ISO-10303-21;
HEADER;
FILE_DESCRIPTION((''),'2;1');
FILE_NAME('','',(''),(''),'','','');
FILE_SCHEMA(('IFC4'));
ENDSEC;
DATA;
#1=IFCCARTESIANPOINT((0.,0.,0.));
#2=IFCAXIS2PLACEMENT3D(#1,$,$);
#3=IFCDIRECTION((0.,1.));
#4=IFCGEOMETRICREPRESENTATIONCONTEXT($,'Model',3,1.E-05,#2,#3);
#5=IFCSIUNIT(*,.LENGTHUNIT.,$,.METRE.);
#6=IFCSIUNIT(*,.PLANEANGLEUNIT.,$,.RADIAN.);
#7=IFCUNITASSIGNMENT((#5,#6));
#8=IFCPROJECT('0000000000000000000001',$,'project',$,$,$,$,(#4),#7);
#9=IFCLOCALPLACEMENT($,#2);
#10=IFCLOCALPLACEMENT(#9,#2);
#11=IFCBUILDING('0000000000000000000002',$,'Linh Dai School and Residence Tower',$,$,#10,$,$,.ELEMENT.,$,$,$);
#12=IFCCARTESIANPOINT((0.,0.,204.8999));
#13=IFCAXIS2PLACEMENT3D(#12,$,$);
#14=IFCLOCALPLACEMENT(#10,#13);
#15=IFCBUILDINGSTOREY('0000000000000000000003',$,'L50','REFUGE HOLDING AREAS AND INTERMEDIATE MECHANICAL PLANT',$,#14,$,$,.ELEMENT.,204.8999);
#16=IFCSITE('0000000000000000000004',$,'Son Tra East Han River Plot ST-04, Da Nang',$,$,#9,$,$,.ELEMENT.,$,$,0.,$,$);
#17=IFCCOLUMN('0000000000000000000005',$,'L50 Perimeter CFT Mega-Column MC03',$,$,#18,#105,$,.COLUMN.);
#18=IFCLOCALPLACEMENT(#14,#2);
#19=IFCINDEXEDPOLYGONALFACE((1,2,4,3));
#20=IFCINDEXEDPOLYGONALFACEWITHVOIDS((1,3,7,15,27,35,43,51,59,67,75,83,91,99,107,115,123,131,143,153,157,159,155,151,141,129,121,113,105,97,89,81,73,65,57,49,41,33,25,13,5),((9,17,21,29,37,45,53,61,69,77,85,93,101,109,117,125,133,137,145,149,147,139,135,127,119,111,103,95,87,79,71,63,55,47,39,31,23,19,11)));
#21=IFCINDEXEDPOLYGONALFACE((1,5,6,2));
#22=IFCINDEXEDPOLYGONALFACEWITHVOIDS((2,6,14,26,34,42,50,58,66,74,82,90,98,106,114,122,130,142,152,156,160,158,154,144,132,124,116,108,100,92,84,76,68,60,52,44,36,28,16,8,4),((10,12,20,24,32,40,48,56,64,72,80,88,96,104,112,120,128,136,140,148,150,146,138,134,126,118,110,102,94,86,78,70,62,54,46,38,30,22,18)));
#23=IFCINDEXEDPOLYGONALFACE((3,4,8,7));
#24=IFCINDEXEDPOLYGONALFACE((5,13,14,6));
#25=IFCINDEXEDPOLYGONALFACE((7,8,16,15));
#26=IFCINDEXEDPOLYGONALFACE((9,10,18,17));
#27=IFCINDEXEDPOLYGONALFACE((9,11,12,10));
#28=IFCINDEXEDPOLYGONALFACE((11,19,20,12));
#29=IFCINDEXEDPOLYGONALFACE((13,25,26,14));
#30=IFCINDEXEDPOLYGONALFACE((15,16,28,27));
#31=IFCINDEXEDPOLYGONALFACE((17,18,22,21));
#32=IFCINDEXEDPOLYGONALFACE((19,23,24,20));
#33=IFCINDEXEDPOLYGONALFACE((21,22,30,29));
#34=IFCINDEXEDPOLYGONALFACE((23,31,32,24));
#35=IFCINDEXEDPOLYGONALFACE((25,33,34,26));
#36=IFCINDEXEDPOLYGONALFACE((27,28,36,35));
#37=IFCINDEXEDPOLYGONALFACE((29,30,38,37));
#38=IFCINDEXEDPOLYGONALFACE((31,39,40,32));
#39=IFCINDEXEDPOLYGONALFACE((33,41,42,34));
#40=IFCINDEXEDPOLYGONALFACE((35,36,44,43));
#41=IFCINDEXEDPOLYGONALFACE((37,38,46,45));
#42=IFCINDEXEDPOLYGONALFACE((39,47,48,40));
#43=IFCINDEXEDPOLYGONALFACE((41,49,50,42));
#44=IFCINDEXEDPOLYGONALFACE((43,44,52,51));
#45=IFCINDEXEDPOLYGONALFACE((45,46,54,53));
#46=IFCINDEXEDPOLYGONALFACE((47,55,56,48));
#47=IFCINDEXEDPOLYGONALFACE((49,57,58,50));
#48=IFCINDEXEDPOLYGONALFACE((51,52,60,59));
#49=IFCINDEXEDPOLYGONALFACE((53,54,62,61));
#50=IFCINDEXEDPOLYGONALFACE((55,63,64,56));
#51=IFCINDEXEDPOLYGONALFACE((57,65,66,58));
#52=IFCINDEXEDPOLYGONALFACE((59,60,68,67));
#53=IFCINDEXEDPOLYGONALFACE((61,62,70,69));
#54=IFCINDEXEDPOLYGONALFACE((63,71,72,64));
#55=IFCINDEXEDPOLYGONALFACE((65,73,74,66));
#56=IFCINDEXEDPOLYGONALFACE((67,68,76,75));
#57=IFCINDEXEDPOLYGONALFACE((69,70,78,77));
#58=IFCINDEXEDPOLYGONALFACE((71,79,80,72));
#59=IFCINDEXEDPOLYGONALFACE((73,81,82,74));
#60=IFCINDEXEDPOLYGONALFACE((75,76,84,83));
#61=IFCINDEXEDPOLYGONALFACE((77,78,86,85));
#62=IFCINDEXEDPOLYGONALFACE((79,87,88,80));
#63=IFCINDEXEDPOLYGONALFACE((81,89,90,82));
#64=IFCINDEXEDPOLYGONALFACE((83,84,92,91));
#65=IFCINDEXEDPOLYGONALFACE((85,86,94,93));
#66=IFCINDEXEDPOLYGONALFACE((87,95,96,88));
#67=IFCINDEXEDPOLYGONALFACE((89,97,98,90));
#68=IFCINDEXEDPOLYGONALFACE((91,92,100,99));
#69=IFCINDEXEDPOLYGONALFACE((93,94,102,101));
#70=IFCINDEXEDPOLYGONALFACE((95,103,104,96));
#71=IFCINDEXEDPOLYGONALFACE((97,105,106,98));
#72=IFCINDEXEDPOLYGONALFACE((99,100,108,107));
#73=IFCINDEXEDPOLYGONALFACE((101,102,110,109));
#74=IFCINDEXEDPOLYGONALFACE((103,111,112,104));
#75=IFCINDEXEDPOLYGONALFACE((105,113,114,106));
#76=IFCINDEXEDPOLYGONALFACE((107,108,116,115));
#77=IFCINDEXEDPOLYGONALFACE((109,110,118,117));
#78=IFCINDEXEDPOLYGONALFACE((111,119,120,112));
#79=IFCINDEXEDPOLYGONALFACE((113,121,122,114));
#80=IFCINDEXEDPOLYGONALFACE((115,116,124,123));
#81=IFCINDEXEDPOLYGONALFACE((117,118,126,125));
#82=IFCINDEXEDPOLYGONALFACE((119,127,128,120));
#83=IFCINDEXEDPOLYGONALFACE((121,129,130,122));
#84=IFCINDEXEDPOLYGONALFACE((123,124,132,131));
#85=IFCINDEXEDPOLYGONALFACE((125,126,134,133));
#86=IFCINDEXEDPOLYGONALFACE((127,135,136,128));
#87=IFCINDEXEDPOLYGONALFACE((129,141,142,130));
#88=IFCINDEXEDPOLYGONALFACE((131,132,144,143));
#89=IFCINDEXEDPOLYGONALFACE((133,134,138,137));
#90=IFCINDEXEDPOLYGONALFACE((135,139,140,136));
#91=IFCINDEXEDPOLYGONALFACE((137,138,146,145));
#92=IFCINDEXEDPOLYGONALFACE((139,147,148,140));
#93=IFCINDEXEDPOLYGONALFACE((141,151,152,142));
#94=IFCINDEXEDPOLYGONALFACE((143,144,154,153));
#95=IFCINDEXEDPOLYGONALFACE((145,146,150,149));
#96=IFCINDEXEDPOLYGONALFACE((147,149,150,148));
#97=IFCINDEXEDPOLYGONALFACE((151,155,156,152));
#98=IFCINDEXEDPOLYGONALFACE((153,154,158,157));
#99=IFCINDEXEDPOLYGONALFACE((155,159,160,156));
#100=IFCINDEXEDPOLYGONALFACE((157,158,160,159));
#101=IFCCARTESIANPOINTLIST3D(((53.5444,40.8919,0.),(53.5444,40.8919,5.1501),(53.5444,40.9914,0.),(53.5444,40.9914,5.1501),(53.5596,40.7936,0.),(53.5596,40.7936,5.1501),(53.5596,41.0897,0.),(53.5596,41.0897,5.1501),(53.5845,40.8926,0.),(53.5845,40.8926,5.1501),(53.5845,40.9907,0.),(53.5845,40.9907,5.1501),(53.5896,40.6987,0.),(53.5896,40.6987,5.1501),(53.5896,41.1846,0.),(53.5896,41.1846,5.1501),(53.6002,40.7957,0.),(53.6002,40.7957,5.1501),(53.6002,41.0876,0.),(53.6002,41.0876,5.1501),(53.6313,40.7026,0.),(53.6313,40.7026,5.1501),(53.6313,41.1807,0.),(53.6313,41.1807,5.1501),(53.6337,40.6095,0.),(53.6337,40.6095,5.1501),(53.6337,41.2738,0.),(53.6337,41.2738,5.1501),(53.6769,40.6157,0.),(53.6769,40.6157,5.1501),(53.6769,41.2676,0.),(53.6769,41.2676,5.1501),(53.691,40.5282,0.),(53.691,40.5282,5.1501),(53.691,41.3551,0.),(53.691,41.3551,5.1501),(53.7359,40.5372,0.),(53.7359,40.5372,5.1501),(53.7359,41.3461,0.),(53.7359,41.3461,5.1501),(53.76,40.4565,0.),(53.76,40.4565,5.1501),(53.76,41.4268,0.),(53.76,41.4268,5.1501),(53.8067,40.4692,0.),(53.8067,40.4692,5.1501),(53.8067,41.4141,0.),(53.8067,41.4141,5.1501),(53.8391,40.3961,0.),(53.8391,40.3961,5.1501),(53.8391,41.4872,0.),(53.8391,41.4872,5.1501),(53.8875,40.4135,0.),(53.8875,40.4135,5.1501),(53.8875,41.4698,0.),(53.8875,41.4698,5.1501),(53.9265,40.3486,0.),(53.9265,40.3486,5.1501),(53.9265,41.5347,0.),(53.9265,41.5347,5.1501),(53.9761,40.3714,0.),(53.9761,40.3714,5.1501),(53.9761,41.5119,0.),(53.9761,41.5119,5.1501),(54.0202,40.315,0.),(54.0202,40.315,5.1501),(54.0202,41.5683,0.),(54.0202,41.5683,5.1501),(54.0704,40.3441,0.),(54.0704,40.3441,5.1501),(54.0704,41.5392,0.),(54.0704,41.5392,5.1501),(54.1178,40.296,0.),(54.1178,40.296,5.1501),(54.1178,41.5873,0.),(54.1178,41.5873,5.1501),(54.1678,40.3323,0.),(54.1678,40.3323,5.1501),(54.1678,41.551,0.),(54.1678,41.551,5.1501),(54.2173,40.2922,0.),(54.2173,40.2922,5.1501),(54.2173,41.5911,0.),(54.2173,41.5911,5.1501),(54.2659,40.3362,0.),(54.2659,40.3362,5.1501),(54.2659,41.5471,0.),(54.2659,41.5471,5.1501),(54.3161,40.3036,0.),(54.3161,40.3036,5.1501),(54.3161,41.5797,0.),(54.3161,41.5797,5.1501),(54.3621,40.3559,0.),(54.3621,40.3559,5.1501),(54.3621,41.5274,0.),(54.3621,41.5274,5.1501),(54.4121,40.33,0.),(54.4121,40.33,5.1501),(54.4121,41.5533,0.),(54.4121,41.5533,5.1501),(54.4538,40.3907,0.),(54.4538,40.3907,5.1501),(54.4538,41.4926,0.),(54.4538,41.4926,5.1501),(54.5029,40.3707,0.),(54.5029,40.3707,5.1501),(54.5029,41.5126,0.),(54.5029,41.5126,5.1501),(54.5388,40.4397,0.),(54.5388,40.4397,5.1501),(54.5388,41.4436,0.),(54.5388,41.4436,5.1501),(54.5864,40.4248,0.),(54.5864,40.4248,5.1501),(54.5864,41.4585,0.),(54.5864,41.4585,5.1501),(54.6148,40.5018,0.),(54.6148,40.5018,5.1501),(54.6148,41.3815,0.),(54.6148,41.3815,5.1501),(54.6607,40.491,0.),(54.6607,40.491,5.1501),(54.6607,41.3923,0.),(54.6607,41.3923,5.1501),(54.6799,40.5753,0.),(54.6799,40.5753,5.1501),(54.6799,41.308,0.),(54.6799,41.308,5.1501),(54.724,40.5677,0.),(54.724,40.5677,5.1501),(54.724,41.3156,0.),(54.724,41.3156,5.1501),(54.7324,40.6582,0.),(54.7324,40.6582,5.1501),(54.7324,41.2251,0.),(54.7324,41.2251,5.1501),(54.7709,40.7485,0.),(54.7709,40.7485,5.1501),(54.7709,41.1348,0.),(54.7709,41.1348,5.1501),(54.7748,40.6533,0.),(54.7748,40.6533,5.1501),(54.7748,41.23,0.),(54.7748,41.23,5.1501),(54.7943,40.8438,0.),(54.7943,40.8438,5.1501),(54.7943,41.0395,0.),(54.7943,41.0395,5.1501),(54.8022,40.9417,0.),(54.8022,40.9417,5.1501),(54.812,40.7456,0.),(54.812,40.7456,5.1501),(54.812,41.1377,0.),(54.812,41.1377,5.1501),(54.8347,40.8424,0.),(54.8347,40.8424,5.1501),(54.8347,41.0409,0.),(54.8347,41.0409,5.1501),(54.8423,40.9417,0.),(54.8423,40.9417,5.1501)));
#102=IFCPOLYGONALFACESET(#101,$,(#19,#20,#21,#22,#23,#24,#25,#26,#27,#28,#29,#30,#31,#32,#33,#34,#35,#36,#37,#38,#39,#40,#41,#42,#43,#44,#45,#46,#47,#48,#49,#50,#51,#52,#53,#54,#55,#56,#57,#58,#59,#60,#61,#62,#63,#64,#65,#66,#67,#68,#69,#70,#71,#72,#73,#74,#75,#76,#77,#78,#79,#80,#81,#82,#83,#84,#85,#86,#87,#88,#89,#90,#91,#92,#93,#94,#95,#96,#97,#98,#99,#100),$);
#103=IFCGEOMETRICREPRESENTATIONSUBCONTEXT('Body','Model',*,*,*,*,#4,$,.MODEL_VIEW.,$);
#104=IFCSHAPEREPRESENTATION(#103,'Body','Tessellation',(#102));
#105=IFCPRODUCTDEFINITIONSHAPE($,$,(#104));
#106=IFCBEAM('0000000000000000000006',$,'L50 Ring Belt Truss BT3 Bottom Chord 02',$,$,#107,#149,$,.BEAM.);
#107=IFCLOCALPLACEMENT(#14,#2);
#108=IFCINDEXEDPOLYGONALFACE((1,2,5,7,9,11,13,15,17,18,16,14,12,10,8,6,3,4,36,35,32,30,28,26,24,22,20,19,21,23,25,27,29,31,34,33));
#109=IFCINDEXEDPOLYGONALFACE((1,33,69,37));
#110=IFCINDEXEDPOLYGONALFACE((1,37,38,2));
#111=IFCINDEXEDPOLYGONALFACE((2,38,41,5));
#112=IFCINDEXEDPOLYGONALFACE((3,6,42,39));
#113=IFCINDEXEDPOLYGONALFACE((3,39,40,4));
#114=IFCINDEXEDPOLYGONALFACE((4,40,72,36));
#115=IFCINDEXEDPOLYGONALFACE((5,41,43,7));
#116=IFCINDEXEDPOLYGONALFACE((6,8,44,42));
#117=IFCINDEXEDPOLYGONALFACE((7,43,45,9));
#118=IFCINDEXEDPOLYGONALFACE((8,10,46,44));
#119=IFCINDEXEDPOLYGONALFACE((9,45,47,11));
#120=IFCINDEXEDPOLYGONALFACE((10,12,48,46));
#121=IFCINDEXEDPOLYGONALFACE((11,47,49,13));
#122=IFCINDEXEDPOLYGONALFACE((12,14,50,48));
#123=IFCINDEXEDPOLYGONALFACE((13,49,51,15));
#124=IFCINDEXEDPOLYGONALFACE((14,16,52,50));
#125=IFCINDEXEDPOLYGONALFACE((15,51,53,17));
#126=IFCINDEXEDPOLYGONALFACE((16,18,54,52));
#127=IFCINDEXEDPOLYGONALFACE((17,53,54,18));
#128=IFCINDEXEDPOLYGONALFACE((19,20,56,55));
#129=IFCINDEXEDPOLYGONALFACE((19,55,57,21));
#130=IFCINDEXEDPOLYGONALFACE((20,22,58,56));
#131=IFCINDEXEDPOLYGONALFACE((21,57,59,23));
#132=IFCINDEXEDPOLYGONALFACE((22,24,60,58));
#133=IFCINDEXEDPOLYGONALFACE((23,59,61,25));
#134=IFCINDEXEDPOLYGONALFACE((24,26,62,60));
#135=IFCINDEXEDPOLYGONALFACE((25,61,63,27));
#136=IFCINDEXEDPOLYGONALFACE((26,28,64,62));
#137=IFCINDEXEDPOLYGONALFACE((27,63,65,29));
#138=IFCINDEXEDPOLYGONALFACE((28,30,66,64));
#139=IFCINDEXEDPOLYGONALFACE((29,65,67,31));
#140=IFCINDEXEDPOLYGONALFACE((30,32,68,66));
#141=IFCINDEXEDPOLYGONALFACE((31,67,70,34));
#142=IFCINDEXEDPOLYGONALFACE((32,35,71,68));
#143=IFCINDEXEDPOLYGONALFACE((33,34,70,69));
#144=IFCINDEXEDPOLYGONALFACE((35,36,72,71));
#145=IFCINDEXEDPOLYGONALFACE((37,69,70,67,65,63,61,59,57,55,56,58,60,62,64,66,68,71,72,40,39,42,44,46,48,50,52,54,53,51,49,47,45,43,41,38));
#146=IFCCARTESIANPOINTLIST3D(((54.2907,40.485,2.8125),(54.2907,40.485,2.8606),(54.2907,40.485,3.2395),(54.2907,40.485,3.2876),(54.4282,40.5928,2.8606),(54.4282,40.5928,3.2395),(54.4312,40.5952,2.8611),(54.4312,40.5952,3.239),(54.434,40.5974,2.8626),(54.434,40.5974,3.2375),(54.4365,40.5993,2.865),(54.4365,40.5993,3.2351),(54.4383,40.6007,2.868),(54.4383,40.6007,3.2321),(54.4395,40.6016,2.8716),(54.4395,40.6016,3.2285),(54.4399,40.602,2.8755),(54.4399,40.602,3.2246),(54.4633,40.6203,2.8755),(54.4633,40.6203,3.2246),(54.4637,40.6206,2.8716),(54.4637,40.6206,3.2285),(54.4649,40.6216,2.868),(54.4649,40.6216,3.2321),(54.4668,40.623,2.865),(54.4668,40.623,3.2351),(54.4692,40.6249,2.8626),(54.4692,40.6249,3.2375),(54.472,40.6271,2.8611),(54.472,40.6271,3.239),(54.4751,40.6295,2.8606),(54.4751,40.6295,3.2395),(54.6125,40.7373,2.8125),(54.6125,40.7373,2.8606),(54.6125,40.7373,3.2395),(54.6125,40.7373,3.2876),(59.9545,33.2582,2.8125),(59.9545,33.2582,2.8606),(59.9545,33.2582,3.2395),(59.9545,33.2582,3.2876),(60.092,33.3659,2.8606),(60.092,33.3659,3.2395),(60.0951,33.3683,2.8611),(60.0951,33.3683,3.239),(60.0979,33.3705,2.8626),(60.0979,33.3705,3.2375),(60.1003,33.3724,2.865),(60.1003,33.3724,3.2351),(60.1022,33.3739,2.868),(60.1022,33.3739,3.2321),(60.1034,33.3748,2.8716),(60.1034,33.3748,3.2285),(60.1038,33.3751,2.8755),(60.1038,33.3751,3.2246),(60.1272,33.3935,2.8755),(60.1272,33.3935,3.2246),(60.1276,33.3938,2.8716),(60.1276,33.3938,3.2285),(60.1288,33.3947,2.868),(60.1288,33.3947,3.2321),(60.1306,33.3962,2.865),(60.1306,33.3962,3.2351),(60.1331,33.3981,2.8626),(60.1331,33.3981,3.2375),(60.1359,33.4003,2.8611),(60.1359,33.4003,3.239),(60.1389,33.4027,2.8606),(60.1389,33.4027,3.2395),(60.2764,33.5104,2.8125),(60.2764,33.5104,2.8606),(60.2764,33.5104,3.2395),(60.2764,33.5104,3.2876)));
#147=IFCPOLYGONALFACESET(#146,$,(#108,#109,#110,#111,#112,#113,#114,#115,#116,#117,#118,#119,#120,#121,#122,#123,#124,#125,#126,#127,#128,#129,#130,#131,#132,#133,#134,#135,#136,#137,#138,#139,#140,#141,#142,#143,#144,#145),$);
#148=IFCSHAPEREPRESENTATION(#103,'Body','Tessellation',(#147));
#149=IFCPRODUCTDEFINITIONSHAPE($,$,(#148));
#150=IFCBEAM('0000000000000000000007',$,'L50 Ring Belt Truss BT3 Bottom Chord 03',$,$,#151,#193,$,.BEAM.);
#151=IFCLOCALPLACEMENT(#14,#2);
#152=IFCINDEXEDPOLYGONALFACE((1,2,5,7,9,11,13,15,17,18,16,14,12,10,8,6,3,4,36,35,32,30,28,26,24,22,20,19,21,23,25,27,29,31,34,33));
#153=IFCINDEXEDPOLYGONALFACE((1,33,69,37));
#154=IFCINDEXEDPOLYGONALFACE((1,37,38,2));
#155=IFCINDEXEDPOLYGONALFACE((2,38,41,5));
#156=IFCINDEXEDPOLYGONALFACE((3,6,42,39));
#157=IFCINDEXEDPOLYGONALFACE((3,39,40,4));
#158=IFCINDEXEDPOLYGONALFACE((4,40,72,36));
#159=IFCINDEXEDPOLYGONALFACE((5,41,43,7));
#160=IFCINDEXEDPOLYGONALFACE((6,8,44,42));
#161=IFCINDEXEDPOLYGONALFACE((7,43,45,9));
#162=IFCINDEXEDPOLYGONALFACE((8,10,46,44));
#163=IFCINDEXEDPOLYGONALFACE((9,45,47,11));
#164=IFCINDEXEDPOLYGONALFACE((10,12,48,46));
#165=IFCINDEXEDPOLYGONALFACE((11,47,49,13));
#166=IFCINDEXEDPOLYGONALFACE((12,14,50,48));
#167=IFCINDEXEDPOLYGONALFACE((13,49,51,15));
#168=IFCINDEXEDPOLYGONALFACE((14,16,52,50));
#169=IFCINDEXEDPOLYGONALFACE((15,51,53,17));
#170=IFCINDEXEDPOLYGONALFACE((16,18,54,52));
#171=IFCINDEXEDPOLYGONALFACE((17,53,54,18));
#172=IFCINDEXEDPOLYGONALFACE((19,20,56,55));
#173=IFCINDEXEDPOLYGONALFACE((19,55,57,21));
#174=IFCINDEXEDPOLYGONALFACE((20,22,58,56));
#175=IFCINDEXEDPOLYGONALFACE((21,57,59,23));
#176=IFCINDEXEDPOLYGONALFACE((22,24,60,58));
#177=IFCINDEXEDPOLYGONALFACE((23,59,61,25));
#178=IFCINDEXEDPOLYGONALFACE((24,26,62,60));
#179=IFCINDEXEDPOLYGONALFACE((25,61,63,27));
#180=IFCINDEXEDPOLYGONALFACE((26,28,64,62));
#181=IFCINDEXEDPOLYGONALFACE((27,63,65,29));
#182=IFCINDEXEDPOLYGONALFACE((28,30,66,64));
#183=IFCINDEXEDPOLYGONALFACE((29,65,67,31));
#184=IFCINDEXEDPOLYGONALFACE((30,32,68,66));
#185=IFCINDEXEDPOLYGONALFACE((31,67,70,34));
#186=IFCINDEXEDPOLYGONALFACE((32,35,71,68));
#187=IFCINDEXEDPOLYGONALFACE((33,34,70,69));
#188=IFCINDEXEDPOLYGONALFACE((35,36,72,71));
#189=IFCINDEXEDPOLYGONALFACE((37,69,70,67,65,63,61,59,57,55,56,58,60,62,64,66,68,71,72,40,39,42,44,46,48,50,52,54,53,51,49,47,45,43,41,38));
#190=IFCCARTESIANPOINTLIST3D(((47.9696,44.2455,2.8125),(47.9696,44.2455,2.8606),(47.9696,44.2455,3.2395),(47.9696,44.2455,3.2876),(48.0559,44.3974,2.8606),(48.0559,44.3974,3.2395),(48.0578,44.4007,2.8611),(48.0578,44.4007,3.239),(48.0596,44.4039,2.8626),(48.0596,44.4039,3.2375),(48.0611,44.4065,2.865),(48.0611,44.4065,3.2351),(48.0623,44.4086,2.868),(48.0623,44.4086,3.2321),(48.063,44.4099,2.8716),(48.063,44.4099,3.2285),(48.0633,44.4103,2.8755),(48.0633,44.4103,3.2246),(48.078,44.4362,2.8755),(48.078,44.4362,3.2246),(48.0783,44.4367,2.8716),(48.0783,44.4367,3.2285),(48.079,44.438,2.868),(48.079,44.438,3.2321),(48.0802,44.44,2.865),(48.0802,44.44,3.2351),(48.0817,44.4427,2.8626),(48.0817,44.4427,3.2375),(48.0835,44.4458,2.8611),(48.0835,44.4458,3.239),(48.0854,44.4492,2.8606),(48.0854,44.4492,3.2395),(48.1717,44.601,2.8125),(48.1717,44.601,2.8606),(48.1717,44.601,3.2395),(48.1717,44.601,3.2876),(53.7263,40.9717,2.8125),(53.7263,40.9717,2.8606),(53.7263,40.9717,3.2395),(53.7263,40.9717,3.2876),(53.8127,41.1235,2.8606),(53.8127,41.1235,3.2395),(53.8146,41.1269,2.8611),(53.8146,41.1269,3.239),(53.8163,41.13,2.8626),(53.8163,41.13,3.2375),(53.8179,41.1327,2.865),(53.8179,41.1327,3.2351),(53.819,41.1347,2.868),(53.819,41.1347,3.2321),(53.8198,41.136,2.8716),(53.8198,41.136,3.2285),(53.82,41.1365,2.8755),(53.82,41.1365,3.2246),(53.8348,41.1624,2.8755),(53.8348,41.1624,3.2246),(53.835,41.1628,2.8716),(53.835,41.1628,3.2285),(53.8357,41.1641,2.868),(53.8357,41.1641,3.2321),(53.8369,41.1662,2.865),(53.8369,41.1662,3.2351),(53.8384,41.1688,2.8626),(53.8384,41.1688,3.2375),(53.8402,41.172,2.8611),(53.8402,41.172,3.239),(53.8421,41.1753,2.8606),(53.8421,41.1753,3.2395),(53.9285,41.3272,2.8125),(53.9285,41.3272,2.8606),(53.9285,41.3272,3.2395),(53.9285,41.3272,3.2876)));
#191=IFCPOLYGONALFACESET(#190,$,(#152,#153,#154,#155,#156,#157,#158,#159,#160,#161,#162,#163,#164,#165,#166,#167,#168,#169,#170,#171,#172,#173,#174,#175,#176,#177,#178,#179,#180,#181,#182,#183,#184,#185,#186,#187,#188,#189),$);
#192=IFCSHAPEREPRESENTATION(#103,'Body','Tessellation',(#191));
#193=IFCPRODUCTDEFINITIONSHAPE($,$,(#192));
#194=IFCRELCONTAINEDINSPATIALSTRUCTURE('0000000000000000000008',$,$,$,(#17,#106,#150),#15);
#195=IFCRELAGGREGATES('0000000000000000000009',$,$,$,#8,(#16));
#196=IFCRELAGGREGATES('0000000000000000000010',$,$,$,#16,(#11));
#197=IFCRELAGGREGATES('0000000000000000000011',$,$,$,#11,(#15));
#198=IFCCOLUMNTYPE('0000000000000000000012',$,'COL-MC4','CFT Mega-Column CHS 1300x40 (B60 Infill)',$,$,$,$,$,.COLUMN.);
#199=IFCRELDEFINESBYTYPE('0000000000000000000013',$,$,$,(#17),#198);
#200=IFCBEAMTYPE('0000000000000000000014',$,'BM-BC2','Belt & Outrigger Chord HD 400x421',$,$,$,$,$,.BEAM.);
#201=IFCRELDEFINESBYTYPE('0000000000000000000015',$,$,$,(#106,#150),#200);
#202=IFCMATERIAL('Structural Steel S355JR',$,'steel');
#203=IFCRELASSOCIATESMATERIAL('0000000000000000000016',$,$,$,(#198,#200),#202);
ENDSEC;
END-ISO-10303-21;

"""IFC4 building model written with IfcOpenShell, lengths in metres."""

from ifc_helpers import new_model, si_unit, direction, frame, origin, origin_2d, place, context, subcontext, project, spatial, hollow_circle, i_section, extrude, material, material_profile, profile_set, type_object, element, save


model = new_model("IFC4")

# Units and contexts
model_context = context("Model", 3, precision=1e-05, world=origin(), true_north=direction((0.0, 1.0)))
body_context = subcontext(model_context, "Body", "Model", "MODEL_VIEW")
ifc_project = project(units=[si_unit("LENGTHUNIT", "METRE"), si_unit("PLANEANGLEUNIT", "RADIAN")], contexts=[model_context])

# Site, building, storey
site_placement = place(None, origin())
site = spatial("IfcSite", under=ifc_project, at=site_placement, Name="Son Tra East Han River Plot ST-04, Da Nang", CompositionType="ELEMENT", RefElevation=0.0)
building_placement = place(site_placement, origin())
building = spatial("IfcBuilding", under=site, at=building_placement, Name="Linh Dai School and Residence Tower", CompositionType="ELEMENT")
storey_placement = place(building_placement, frame((0.0, 0.0, 204.8999)))
storey = spatial("IfcBuildingStorey", under=building, at=storey_placement, Name="L50", Description="REFUGE HOLDING AREAS AND INTERMEDIATE MECHANICAL PLANT", CompositionType="ELEMENT", Elevation=204.8999)

# Column
ifc_material_1 = material(Name="Structural Steel S355JR", Category="steel")
ifc_material_profile_1 = material_profile(ifc_material_1, hollow_circle(Radius=0.6499, WallThickness=0.04, at=origin_2d()), Name="CHS 1300x40")
ifc_profile_set_1 = profile_set([ifc_material_profile_1], Name="Structural Steel S355JR")
column_type = type_object("IfcColumnType", Name="COL-MC4", Description="CFT Mega-Column CHS 1300x40 (B60 Infill)", PredefinedType="COLUMN", material=ifc_profile_set_1)
column_placement = place(storey_placement, frame((54.1924, 40.9417, 0.0), z_axis=(0.0, 0.0, 1.0), x_axis=(1.0, 0.0, 0.0)))
element("IfcColumn", 1, at=column_placement, inside=storey, type_object=column_type, Name="L50 Perimeter CFT Mega-Column MC03", PredefinedType="COLUMN", context=body_context, shape_type="SweptSolid", body=[
    extrude(hollow_circle(Radius=0.6499, WallThickness=0.04, at=origin_2d()), origin(), (0.0, 0.0, 1.0), 5.1501),
])

# Beams
ifc_material_profile_2 = material_profile(ifc_material_1, i_section(OverallWidth=0.4089, OverallDepth=0.4751, WebThickness=0.0298, FlangeThickness=0.0481, FilletRadius=0.0149, at=origin_2d()), Name="HD 400x421")
ifc_profile_set_2 = profile_set([ifc_material_profile_2], Name="Structural Steel S355JR")
beam_type_1 = type_object("IfcBeamType", Name="BM-BC2", Description="Belt & Outrigger Chord HD 400x421", PredefinedType="BEAM", material=ifc_profile_set_2)
beam_1_placement = place(storey_placement, frame((60.1155, 33.3843, 3.05), z_axis=(-0.616852, 0.787079, 0.0), x_axis=(-0.787079, -0.616852, 0.0)))
element("IfcBeam", 2, at=beam_1_placement, inside=storey, type_object=beam_type_1, Name="L50 Ring Belt Truss BT3 Bottom Chord 02", PredefinedType="BEAM", context=body_context, shape_type="SweptSolid", body=[
    extrude(i_section(OverallWidth=0.4089, OverallDepth=0.4751, WebThickness=0.0298, FlangeThickness=0.0481, FilletRadius=0.0149, at=origin_2d()), origin(), (0.0, 0.0, 1.0), 9.1819),
])
beam_2_placement = place(storey_placement, frame((53.8274, 41.1494, 3.05), z_axis=(-0.869262, 0.494351, 0.0), x_axis=(-0.494351, -0.869262, 0.0)))
element("IfcBeam", 3, at=beam_2_placement, inside=storey, type_object=beam_type_1, Name="L50 Ring Belt Truss BT3 Bottom Chord 03", PredefinedType="BEAM", context=body_context, shape_type="SweptSolid", body=[
    extrude(i_section(OverallWidth=0.4089, OverallDepth=0.4751, WebThickness=0.0298, FlangeThickness=0.0481, FilletRadius=0.0149, at=origin_2d()), origin(), (0.0, 0.0, 1.0), 6.6226),
])

save(model, "model.ifc")
